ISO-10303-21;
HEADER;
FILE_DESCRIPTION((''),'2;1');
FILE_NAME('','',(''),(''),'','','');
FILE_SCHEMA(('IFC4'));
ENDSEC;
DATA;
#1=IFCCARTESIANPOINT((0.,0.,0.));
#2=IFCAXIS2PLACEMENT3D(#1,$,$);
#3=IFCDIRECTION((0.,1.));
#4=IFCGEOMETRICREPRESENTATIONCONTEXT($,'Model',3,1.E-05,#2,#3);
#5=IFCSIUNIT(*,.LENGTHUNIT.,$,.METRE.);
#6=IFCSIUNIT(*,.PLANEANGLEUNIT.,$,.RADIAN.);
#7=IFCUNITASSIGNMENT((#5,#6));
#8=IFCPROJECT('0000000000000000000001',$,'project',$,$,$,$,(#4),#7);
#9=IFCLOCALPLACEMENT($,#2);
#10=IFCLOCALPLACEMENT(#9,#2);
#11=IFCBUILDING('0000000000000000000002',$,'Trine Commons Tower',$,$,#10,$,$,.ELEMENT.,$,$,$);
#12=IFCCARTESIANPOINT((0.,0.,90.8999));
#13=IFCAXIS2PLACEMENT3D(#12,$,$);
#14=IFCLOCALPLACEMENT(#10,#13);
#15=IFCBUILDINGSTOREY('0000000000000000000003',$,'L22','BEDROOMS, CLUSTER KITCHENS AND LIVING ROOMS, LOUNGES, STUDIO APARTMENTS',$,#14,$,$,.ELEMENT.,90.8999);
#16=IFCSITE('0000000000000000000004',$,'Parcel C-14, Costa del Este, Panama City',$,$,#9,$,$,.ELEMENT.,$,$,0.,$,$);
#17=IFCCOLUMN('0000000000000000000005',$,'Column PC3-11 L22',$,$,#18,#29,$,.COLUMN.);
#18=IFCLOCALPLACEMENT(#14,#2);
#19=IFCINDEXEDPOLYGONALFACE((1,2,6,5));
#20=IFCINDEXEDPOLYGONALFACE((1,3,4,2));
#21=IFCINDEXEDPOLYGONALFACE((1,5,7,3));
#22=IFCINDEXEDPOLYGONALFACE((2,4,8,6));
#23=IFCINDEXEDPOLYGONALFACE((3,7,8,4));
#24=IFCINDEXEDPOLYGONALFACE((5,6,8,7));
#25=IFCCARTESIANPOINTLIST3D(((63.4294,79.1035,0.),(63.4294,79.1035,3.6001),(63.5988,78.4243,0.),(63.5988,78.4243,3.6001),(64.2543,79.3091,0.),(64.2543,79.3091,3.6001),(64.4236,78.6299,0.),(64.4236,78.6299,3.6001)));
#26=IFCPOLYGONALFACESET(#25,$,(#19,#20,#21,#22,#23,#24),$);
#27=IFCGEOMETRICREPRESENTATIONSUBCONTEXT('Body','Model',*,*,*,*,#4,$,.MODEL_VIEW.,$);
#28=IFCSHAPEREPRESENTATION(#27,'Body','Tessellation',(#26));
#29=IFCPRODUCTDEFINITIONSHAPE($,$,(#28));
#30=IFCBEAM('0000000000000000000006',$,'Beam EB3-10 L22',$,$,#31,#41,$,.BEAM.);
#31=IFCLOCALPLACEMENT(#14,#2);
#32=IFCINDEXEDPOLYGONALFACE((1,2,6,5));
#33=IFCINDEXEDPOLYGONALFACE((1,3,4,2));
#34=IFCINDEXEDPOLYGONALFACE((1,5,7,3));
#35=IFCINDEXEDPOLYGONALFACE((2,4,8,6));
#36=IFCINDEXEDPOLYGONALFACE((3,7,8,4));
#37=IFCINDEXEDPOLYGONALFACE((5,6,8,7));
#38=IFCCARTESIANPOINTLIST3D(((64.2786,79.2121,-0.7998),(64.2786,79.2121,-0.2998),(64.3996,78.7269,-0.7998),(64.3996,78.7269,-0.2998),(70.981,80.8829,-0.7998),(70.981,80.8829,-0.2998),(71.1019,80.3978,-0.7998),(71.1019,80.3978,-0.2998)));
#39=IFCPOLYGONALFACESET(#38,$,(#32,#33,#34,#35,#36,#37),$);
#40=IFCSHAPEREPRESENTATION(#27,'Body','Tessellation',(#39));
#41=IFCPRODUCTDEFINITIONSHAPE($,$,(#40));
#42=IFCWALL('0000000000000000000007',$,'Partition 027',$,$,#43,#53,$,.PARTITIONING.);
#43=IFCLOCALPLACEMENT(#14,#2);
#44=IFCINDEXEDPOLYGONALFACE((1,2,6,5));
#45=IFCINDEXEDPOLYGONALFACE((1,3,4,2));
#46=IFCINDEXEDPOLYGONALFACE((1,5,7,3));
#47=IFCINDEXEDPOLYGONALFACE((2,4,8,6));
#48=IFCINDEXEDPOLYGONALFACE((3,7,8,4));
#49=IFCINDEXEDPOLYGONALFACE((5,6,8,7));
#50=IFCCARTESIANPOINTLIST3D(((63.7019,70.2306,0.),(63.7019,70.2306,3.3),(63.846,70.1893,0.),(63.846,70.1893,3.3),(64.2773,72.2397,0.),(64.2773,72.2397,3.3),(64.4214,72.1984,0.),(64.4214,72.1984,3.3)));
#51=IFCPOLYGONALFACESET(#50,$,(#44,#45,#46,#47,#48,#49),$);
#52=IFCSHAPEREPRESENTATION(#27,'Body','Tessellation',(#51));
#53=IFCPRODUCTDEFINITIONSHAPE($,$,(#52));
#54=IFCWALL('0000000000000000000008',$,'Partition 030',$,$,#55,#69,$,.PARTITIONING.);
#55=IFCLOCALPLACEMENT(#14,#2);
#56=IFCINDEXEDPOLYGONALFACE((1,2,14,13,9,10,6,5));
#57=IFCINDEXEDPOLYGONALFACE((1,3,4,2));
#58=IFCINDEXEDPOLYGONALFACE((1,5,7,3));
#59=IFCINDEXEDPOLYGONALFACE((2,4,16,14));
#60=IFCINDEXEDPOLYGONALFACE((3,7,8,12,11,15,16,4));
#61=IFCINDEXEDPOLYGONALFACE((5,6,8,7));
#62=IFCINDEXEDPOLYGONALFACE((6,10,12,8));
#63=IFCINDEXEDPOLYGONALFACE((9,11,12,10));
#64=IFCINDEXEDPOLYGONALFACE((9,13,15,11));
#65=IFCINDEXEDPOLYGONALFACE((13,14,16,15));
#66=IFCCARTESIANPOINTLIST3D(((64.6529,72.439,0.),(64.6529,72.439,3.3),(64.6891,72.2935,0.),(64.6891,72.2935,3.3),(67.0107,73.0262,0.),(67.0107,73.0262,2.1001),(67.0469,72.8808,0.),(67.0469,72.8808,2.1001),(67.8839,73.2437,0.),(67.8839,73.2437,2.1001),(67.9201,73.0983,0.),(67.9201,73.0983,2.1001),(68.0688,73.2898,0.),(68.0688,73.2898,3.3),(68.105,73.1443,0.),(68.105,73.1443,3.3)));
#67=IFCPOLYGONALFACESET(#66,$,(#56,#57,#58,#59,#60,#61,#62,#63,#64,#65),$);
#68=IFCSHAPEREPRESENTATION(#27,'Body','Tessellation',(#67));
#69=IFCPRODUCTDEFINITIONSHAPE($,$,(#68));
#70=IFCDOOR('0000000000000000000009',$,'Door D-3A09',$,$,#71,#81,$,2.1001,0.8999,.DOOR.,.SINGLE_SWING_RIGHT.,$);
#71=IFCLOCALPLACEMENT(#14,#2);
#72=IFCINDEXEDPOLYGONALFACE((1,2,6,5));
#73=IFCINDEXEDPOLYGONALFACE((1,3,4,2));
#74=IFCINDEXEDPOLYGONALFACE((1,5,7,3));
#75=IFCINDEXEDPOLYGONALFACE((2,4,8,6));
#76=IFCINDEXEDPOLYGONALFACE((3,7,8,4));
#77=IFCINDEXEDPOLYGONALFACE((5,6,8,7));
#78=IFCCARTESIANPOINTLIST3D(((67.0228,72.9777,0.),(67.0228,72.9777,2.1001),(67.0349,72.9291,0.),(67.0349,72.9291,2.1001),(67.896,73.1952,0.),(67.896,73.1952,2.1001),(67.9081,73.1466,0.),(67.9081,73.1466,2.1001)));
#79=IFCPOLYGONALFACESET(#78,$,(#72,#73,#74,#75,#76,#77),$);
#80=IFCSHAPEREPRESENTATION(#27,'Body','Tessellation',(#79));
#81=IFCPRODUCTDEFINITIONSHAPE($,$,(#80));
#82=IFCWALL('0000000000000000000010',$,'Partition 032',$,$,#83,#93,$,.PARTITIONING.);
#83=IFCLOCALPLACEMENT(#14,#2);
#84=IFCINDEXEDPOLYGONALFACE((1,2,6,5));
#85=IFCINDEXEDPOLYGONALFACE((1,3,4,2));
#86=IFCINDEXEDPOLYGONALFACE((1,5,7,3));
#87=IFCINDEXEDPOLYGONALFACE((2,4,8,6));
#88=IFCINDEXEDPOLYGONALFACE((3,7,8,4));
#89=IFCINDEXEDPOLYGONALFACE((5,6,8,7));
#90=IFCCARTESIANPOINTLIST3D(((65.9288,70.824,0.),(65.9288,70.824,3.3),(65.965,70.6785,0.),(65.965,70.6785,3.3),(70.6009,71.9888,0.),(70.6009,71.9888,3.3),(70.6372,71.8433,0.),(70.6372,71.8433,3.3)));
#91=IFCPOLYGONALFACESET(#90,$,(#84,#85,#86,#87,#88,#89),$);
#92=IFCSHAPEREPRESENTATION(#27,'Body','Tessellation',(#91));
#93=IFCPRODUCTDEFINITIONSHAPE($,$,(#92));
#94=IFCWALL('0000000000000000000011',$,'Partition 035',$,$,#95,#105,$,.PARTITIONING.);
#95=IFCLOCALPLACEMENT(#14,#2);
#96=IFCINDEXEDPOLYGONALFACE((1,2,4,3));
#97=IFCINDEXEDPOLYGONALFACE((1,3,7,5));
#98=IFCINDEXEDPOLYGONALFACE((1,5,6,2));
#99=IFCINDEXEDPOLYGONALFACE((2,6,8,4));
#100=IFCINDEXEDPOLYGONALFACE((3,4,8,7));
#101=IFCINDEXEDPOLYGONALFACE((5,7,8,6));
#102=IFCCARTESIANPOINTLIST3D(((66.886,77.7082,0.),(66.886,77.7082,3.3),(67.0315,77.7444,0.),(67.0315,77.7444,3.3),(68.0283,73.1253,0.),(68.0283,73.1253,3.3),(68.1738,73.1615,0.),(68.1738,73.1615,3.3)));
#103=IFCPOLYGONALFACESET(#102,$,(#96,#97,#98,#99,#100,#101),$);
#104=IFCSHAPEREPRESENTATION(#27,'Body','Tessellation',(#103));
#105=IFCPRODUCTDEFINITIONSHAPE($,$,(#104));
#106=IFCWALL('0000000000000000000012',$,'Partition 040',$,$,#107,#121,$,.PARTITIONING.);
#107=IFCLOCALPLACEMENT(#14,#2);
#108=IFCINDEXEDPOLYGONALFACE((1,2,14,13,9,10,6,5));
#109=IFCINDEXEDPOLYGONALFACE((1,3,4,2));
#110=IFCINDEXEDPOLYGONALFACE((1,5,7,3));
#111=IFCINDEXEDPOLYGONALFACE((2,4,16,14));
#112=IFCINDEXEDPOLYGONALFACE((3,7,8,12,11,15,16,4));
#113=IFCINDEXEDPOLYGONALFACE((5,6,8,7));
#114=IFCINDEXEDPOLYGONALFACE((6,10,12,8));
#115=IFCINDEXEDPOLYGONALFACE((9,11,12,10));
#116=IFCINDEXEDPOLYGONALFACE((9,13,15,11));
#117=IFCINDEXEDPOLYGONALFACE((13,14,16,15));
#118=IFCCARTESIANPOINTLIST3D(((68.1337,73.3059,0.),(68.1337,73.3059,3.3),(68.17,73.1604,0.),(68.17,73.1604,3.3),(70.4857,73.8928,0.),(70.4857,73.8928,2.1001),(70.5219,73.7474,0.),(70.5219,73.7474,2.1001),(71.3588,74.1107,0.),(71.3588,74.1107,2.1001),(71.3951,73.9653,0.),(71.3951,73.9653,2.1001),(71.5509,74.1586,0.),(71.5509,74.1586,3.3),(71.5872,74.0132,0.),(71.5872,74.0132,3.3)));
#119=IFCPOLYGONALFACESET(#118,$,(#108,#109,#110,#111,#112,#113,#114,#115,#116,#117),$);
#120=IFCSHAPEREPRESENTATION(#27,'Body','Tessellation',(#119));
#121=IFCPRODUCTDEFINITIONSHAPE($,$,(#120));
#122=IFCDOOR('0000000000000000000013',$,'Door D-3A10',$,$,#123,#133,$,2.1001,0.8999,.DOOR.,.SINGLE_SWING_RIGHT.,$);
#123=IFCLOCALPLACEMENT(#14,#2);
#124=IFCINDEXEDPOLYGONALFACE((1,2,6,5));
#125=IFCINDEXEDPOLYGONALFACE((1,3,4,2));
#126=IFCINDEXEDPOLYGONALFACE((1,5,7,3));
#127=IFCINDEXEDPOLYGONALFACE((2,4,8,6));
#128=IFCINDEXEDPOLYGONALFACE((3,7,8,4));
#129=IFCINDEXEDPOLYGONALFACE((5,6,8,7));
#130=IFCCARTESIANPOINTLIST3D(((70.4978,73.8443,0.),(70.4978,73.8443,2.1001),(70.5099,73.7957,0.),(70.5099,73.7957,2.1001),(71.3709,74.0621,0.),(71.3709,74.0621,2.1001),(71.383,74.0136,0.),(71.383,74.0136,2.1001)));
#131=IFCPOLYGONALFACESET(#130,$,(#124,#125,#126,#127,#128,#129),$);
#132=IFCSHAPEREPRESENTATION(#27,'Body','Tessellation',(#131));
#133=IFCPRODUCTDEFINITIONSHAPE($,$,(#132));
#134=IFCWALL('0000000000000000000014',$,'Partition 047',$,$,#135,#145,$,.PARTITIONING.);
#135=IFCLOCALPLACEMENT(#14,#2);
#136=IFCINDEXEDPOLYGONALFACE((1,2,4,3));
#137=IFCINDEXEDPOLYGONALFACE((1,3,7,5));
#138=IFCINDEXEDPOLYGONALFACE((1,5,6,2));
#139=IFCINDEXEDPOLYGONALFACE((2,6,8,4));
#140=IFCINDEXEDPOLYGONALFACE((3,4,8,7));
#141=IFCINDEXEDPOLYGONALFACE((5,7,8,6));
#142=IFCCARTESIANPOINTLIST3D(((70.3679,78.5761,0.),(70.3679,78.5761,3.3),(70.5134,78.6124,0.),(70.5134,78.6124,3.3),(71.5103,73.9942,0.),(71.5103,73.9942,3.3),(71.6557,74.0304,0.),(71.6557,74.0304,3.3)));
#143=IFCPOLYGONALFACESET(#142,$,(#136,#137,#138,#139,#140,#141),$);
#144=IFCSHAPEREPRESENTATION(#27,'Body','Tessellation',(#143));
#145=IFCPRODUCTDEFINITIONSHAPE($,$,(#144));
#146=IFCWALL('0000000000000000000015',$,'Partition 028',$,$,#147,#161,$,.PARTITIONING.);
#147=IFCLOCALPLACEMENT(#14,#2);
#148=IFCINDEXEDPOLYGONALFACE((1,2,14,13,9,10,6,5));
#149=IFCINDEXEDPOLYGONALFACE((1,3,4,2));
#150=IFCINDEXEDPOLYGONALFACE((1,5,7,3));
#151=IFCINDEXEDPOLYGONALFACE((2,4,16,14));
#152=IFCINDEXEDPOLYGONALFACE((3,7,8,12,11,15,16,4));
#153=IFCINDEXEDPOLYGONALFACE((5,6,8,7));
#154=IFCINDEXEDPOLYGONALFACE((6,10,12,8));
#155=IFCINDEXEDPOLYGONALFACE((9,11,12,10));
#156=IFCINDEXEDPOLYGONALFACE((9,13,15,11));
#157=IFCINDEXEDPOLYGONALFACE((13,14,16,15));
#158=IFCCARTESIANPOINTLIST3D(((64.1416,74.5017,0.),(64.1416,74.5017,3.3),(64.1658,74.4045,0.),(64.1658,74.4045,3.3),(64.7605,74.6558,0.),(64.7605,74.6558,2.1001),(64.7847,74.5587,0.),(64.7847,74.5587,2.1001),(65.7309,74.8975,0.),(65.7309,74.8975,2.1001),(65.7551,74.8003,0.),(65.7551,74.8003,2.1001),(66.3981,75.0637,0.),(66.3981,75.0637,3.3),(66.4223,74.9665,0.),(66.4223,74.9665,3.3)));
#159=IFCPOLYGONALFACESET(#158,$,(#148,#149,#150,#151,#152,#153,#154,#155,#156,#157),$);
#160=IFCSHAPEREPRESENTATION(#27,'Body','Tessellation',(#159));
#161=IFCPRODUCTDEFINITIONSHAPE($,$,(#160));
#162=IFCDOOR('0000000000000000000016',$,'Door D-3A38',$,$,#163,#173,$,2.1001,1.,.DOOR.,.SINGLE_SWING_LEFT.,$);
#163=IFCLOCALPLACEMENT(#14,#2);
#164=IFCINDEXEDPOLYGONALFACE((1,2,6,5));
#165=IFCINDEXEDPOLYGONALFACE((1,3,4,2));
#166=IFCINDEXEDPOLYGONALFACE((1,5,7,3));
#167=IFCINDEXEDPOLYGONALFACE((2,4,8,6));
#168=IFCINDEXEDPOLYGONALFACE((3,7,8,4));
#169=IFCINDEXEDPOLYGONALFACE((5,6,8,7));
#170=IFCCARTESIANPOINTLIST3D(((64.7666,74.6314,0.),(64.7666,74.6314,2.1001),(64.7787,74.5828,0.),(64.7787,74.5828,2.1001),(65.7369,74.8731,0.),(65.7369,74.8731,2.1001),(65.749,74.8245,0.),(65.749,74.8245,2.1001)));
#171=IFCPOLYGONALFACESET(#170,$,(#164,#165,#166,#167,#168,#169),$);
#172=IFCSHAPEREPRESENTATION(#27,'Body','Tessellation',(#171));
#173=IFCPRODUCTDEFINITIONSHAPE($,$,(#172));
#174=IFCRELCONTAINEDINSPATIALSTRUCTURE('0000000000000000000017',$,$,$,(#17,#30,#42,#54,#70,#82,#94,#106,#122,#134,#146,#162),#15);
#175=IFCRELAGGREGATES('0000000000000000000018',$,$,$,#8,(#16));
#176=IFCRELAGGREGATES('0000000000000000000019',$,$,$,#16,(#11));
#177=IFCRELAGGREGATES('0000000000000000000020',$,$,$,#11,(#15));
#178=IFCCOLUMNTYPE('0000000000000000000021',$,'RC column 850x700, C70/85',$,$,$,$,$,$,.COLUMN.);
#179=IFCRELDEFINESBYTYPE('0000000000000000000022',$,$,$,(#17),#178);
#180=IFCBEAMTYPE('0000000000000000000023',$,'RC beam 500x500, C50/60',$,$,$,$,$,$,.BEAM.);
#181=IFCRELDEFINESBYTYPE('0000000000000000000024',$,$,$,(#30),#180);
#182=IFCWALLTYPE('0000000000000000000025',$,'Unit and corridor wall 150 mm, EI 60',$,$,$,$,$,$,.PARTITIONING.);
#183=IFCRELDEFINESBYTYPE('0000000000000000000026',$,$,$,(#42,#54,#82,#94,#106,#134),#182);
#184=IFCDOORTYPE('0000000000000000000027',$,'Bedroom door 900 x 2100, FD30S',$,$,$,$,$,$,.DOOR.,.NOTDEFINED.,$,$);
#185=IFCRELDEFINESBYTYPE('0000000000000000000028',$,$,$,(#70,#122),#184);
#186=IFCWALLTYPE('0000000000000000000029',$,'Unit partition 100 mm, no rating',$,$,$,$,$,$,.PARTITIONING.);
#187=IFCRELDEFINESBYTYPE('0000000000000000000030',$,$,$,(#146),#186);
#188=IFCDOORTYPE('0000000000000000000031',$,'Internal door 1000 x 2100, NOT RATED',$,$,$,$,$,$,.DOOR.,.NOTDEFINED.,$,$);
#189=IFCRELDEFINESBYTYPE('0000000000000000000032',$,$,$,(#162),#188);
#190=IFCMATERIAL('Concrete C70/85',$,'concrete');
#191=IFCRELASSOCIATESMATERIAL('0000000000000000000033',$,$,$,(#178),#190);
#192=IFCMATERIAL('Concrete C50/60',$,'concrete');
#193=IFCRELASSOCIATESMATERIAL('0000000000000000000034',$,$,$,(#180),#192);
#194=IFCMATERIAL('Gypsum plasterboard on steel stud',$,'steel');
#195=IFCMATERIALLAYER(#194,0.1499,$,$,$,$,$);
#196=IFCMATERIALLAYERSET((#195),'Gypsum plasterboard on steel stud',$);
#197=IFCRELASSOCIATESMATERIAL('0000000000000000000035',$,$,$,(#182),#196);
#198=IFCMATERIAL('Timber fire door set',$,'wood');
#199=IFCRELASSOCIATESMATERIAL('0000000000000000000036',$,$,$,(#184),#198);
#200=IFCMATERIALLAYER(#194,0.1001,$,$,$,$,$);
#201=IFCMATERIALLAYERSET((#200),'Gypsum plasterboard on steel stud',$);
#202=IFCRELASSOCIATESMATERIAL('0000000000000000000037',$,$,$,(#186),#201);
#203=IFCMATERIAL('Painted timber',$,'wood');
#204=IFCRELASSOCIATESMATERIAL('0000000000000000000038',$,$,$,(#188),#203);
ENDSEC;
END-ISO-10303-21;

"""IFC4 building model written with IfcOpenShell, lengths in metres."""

from ifc_helpers import new_model, si_unit, direction, frame, frame_2d, origin, origin_2d, place, context, subcontext, project, spatial, rectangle, extrude, material, layer, layer_set, material_profile, profile_set, type_object, element, fill, save


model = new_model("IFC4")

# Units and contexts
model_context = context("Model", 3, precision=1e-05, world=origin(), true_north=direction((0.0, 1.0)))
body_context = subcontext(model_context, "Body", "Model", "MODEL_VIEW")
ifc_project = project(units=[si_unit("LENGTHUNIT", "METRE"), si_unit("PLANEANGLEUNIT", "RADIAN")], contexts=[model_context])

# Site, building, storey
site_placement = place(None, origin())
site = spatial("IfcSite", under=ifc_project, at=site_placement, Name="Parcel C-14, Costa del Este, Panama City", CompositionType="ELEMENT", RefElevation=0.0)
building_placement = place(site_placement, origin())
building = spatial("IfcBuilding", under=site, at=building_placement, Name="Trine Commons Tower", CompositionType="ELEMENT")
storey_placement = place(building_placement, frame((0.0, 0.0, 90.8999)))
storey = spatial("IfcBuildingStorey", under=building, at=storey_placement, Name="L22", Description="BEDROOMS, CLUSTER KITCHENS AND LIVING ROOMS, LOUNGES, STUDIO APARTMENTS", CompositionType="ELEMENT", Elevation=90.8999)

# Column
ifc_material_1 = material(Name="Concrete C70/85", Category="concrete")
ifc_material_profile_1 = material_profile(ifc_material_1, rectangle(XDim=0.8501, YDim=0.7, at=origin_2d()), Name="RC 850x700")
ifc_profile_set_1 = profile_set([ifc_material_profile_1], Name="Concrete C70/85")
column_type = type_object("IfcColumnType", Name="RC column 850x700, C70/85", PredefinedType="COLUMN", material=ifc_profile_set_1)
column_placement = place(storey_placement, frame((63.9265, 78.8667, 0.0), z_axis=(0.0, 0.0, 1.0), x_axis=(0.970296, 0.241922, 0.0)))
element("IfcColumn", 1, at=column_placement, inside=storey, type_object=column_type, Name="Column PC3-11 L22", PredefinedType="COLUMN", context=body_context, shape_type="SweptSolid", body=[
    extrude(rectangle(XDim=0.8501, YDim=0.7, at=origin_2d()), origin(), (0.0, 0.0, 1.0), 3.6001),
])

# Beam
ifc_material_2 = material(Name="Concrete C50/60", Category="concrete")
ifc_material_profile_2 = material_profile(ifc_material_2, rectangle(XDim=0.5, YDim=0.5, at=origin_2d()), Name="RC 500x500")
ifc_profile_set_2 = profile_set([ifc_material_profile_2], Name="Concrete C50/60")
beam_type = type_object("IfcBeamType", Name="RC beam 500x500, C50/60", PredefinedType="BEAM", material=ifc_profile_set_2)
beam_placement = place(storey_placement, frame((64.3391, 78.9695, -0.5498), z_axis=(0.970302, 0.241895, 0.0), x_axis=(-0.241895, 0.970302, 0.0)))
element("IfcBeam", 2, at=beam_placement, inside=storey, type_object=beam_type, Name="Beam EB3-10 L22", PredefinedType="BEAM", context=body_context, shape_type="SweptSolid", body=[
    extrude(rectangle(XDim=0.5, YDim=0.5, at=origin_2d()), origin(), (0.0, 0.0, 1.0), 6.9075),
])

# Wall
ifc_material_3 = material(Name="Gypsum plasterboard on steel stud", Category="steel")
ifc_layer_1 = layer(ifc_material_3, 0.1499)
ifc_layer_set_1 = layer_set([ifc_layer_1], Name="Gypsum plasterboard on steel stud")
wall_type_1 = type_object("IfcWallType", Name="Unit and corridor wall 150 mm, EI 60", PredefinedType="PARTITIONING", material=ifc_layer_set_1)
wall_1_placement = place(storey_placement, frame((63.7739, 70.21, 0.0), z_axis=(0.0, 0.0, 1.0), x_axis=(0.275354, 0.961343, 0.0)))
element("IfcWall", 3, at=wall_1_placement, inside=storey, type_object=wall_type_1, Name="Partition 027", PredefinedType="PARTITIONING", context=body_context, shape_type="SweptSolid", body=[
    extrude(rectangle(XDim=2.0898, YDim=0.1499, at=frame_2d((1.0449, 0.0))), origin(), (0.0, 0.0, 1.0), 3.3),
])

# Wall, opening, door
wall_2_placement = place(storey_placement, frame((64.6709, 72.3662, 0.0), z_axis=(0.0, 0.0, 1.0), x_axis=(0.970354, 0.241687, 0.0)))
wall_2 = element("IfcWall", 4, at=wall_2_placement, inside=storey, type_object=wall_type_1, Name="Partition 030", PredefinedType="PARTITIONING", context=body_context, shape_type="SweptSolid", body=[
    extrude(rectangle(XDim=3.5203, YDim=0.1499, at=frame_2d((1.7603, 0.0))), origin(), (0.0, 0.0, 1.0), 3.3),
])
opening_1_placement = place(wall_2_placement, frame((2.4299, 0.0, 0.0)))
opening_1 = element("IfcOpeningElement", 5, at=opening_1_placement, cuts=wall_2, PredefinedType="OPENING", context=body_context, shape_type="SweptSolid", body=[
    extrude(rectangle(XDim=0.8999, YDim=2.1001, at=frame_2d((0.45, 1.05))), frame((0.0, 0.085, 0.0), z_axis=(0.0, -1.0, 0.0), x_axis=(1.0, 0.0, 0.0)), (0.0, 0.0, 1.0), 0.1699),
])
ifc_material_4 = material(Name="Timber fire door set", Category="wood")
door_type_1 = type_object("IfcDoorType", Name="Bedroom door 900 x 2100, FD30S", OperationType="NOTDEFINED", PredefinedType="DOOR", material=ifc_material_4)
door_1_placement = place(opening_1_placement, origin())
door_1 = element("IfcDoor", 6, at=door_1_placement, inside=storey, type_object=door_type_1, Name="Door D-3A09", OperationType="SINGLE_SWING_RIGHT", OverallHeight=2.1001, OverallWidth=0.8999, PredefinedType="DOOR", context=body_context, shape_type="SweptSolid", body=[
    extrude(rectangle(XDim=0.8999, YDim=2.1001, at=frame_2d((0.45, 1.05))), frame((0.0, 0.0249, 0.0), z_axis=(0.0, -1.0, 0.0), x_axis=(1.0, 0.0, 0.0)), (0.0, 0.0, 1.0), 0.05),
])
fill(opening_1, door_1)

# Walls
wall_3_placement = place(storey_placement, frame((65.9468, 70.7512, 0.0), z_axis=(0.0, 0.0, 1.0), x_axis=(0.9703, 0.241903, 0.0)))
element("IfcWall", 7, at=wall_3_placement, inside=storey, type_object=wall_type_1, Name="Partition 032", PredefinedType="PARTITIONING", context=body_context, shape_type="SweptSolid", body=[
    extrude(rectangle(XDim=4.8152, YDim=0.1499, at=frame_2d((2.4077, 0.0))), origin(), (0.0, 0.0, 1.0), 3.3),
])
wall_4_placement = place(storey_placement, frame((66.9587, 77.7263, 0.0), z_axis=(0.0, 0.0, 1.0), x_axis=(0.241854, -0.970313, 0.0)))
element("IfcWall", 8, at=wall_4_placement, inside=storey, type_object=wall_type_1, Name="Partition 035", PredefinedType="PARTITIONING", context=body_context, shape_type="SweptSolid", body=[
    extrude(rectangle(XDim=4.7231, YDim=0.1499, at=frame_2d((2.3616, 0.0))), origin(), (0.0, 0.0, 1.0), 3.3),
])

# Wall, opening, door
wall_5_placement = place(storey_placement, frame((68.1519, 73.2332, 0.0), z_axis=(0.0, 0.0, 1.0), x_axis=(0.970244, 0.242128, 0.0)))
wall_5 = element("IfcWall", 9, at=wall_5_placement, inside=storey, type_object=wall_type_1, Name="Partition 040", PredefinedType="PARTITIONING", context=body_context, shape_type="SweptSolid", body=[
    extrude(rectangle(XDim=3.522, YDim=0.1499, at=frame_2d((1.761, 0.0))), origin(), (0.0, 0.0, 1.0), 3.3),
])
opening_2_placement = place(wall_5_placement, frame((2.4241, 0.0, 0.0)))
opening_2 = element("IfcOpeningElement", 10, at=opening_2_placement, cuts=wall_5, PredefinedType="OPENING", context=body_context, shape_type="SweptSolid", body=[
    extrude(rectangle(XDim=0.8999, YDim=2.1001, at=frame_2d((0.45, 1.05))), frame((0.0, 0.085, 0.0), z_axis=(0.0, -1.0, 0.0), x_axis=(1.0, 0.0, 0.0)), (0.0, 0.0, 1.0), 0.1699),
])
door_2_placement = place(opening_2_placement, origin())
door_2 = element("IfcDoor", 11, at=door_2_placement, inside=storey, type_object=door_type_1, Name="Door D-3A10", OperationType="SINGLE_SWING_RIGHT", OverallHeight=2.1001, OverallWidth=0.8999, PredefinedType="DOOR", context=body_context, shape_type="SweptSolid", body=[
    extrude(rectangle(XDim=0.8999, YDim=2.1001, at=frame_2d((0.45, 1.05))), frame((0.0, 0.0249, 0.0), z_axis=(0.0, -1.0, 0.0), x_axis=(1.0, 0.0, 0.0)), (0.0, 0.0, 1.0), 0.05),
])
fill(opening_2, door_2)

# Wall
wall_6_placement = place(storey_placement, frame((70.4407, 78.5942, 0.0), z_axis=(0.0, 0.0, 1.0), x_axis=(0.241903, -0.9703, 0.0)))
element("IfcWall", 12, at=wall_6_placement, inside=storey, type_object=wall_type_1, Name="Partition 047", PredefinedType="PARTITIONING", context=body_context, shape_type="SweptSolid", body=[
    extrude(rectangle(XDim=4.7222, YDim=0.1499, at=frame_2d((2.3611, 0.0))), origin(), (0.0, 0.0, 1.0), 3.3),
])

# Wall, opening, door
ifc_layer_2 = layer(ifc_material_3, 0.1001)
ifc_layer_set_2 = layer_set([ifc_layer_2], Name="Gypsum plasterboard on steel stud")
wall_type_2 = type_object("IfcWallType", Name="Unit partition 100 mm, no rating", PredefinedType="PARTITIONING", material=ifc_layer_set_2)
wall_7_placement = place(storey_placement, frame((64.1538, 74.4531, 0.0), z_axis=(0.0, 0.0, 1.0), x_axis=(0.970358, 0.241671, 0.0)))
wall_7 = element("IfcWall", 13, at=wall_7_placement, inside=storey, type_object=wall_type_2, Name="Partition 028", PredefinedType="PARTITIONING", context=body_context, shape_type="SweptSolid", body=[
    extrude(rectangle(XDim=2.3254, YDim=0.1001, at=frame_2d((1.1626, 0.0))), origin(), (0.0, 0.0, 1.0), 3.3),
])
opening_3_placement = place(wall_7_placement, frame((0.6377, 0.0, 0.0)))
opening_3 = element("IfcOpeningElement", 14, at=opening_3_placement, cuts=wall_7, PredefinedType="OPENING", context=body_context, shape_type="SweptSolid", body=[
    extrude(rectangle(XDim=1.0, YDim=2.1001, at=frame_2d((0.5, 1.05))), frame((0.0, 0.0601, 0.0), z_axis=(0.0, -1.0, 0.0), x_axis=(1.0, 0.0, 0.0)), (0.0, 0.0, 1.0), 0.1201),
])
ifc_material_5 = material(Name="Painted timber", Category="wood")
door_type_2 = type_object("IfcDoorType", Name="Internal door 1000 x 2100, NOT RATED", OperationType="NOTDEFINED", PredefinedType="DOOR", material=ifc_material_5)
door_3_placement = place(opening_3_placement, origin())
door_3 = element("IfcDoor", 15, at=door_3_placement, inside=storey, type_object=door_type_2, Name="Door D-3A38", OperationType="SINGLE_SWING_LEFT", OverallHeight=2.1001, OverallWidth=1.0, PredefinedType="DOOR", context=body_context, shape_type="SweptSolid", body=[
    extrude(rectangle(XDim=1.0, YDim=2.1001, at=frame_2d((0.5, 1.05))), frame((0.0, 0.0249, 0.0), z_axis=(0.0, -1.0, 0.0), x_axis=(1.0, 0.0, 0.0)), (0.0, 0.0, 1.0), 0.05),
])
fill(opening_3, door_3)

save(model, "model.ifc")
